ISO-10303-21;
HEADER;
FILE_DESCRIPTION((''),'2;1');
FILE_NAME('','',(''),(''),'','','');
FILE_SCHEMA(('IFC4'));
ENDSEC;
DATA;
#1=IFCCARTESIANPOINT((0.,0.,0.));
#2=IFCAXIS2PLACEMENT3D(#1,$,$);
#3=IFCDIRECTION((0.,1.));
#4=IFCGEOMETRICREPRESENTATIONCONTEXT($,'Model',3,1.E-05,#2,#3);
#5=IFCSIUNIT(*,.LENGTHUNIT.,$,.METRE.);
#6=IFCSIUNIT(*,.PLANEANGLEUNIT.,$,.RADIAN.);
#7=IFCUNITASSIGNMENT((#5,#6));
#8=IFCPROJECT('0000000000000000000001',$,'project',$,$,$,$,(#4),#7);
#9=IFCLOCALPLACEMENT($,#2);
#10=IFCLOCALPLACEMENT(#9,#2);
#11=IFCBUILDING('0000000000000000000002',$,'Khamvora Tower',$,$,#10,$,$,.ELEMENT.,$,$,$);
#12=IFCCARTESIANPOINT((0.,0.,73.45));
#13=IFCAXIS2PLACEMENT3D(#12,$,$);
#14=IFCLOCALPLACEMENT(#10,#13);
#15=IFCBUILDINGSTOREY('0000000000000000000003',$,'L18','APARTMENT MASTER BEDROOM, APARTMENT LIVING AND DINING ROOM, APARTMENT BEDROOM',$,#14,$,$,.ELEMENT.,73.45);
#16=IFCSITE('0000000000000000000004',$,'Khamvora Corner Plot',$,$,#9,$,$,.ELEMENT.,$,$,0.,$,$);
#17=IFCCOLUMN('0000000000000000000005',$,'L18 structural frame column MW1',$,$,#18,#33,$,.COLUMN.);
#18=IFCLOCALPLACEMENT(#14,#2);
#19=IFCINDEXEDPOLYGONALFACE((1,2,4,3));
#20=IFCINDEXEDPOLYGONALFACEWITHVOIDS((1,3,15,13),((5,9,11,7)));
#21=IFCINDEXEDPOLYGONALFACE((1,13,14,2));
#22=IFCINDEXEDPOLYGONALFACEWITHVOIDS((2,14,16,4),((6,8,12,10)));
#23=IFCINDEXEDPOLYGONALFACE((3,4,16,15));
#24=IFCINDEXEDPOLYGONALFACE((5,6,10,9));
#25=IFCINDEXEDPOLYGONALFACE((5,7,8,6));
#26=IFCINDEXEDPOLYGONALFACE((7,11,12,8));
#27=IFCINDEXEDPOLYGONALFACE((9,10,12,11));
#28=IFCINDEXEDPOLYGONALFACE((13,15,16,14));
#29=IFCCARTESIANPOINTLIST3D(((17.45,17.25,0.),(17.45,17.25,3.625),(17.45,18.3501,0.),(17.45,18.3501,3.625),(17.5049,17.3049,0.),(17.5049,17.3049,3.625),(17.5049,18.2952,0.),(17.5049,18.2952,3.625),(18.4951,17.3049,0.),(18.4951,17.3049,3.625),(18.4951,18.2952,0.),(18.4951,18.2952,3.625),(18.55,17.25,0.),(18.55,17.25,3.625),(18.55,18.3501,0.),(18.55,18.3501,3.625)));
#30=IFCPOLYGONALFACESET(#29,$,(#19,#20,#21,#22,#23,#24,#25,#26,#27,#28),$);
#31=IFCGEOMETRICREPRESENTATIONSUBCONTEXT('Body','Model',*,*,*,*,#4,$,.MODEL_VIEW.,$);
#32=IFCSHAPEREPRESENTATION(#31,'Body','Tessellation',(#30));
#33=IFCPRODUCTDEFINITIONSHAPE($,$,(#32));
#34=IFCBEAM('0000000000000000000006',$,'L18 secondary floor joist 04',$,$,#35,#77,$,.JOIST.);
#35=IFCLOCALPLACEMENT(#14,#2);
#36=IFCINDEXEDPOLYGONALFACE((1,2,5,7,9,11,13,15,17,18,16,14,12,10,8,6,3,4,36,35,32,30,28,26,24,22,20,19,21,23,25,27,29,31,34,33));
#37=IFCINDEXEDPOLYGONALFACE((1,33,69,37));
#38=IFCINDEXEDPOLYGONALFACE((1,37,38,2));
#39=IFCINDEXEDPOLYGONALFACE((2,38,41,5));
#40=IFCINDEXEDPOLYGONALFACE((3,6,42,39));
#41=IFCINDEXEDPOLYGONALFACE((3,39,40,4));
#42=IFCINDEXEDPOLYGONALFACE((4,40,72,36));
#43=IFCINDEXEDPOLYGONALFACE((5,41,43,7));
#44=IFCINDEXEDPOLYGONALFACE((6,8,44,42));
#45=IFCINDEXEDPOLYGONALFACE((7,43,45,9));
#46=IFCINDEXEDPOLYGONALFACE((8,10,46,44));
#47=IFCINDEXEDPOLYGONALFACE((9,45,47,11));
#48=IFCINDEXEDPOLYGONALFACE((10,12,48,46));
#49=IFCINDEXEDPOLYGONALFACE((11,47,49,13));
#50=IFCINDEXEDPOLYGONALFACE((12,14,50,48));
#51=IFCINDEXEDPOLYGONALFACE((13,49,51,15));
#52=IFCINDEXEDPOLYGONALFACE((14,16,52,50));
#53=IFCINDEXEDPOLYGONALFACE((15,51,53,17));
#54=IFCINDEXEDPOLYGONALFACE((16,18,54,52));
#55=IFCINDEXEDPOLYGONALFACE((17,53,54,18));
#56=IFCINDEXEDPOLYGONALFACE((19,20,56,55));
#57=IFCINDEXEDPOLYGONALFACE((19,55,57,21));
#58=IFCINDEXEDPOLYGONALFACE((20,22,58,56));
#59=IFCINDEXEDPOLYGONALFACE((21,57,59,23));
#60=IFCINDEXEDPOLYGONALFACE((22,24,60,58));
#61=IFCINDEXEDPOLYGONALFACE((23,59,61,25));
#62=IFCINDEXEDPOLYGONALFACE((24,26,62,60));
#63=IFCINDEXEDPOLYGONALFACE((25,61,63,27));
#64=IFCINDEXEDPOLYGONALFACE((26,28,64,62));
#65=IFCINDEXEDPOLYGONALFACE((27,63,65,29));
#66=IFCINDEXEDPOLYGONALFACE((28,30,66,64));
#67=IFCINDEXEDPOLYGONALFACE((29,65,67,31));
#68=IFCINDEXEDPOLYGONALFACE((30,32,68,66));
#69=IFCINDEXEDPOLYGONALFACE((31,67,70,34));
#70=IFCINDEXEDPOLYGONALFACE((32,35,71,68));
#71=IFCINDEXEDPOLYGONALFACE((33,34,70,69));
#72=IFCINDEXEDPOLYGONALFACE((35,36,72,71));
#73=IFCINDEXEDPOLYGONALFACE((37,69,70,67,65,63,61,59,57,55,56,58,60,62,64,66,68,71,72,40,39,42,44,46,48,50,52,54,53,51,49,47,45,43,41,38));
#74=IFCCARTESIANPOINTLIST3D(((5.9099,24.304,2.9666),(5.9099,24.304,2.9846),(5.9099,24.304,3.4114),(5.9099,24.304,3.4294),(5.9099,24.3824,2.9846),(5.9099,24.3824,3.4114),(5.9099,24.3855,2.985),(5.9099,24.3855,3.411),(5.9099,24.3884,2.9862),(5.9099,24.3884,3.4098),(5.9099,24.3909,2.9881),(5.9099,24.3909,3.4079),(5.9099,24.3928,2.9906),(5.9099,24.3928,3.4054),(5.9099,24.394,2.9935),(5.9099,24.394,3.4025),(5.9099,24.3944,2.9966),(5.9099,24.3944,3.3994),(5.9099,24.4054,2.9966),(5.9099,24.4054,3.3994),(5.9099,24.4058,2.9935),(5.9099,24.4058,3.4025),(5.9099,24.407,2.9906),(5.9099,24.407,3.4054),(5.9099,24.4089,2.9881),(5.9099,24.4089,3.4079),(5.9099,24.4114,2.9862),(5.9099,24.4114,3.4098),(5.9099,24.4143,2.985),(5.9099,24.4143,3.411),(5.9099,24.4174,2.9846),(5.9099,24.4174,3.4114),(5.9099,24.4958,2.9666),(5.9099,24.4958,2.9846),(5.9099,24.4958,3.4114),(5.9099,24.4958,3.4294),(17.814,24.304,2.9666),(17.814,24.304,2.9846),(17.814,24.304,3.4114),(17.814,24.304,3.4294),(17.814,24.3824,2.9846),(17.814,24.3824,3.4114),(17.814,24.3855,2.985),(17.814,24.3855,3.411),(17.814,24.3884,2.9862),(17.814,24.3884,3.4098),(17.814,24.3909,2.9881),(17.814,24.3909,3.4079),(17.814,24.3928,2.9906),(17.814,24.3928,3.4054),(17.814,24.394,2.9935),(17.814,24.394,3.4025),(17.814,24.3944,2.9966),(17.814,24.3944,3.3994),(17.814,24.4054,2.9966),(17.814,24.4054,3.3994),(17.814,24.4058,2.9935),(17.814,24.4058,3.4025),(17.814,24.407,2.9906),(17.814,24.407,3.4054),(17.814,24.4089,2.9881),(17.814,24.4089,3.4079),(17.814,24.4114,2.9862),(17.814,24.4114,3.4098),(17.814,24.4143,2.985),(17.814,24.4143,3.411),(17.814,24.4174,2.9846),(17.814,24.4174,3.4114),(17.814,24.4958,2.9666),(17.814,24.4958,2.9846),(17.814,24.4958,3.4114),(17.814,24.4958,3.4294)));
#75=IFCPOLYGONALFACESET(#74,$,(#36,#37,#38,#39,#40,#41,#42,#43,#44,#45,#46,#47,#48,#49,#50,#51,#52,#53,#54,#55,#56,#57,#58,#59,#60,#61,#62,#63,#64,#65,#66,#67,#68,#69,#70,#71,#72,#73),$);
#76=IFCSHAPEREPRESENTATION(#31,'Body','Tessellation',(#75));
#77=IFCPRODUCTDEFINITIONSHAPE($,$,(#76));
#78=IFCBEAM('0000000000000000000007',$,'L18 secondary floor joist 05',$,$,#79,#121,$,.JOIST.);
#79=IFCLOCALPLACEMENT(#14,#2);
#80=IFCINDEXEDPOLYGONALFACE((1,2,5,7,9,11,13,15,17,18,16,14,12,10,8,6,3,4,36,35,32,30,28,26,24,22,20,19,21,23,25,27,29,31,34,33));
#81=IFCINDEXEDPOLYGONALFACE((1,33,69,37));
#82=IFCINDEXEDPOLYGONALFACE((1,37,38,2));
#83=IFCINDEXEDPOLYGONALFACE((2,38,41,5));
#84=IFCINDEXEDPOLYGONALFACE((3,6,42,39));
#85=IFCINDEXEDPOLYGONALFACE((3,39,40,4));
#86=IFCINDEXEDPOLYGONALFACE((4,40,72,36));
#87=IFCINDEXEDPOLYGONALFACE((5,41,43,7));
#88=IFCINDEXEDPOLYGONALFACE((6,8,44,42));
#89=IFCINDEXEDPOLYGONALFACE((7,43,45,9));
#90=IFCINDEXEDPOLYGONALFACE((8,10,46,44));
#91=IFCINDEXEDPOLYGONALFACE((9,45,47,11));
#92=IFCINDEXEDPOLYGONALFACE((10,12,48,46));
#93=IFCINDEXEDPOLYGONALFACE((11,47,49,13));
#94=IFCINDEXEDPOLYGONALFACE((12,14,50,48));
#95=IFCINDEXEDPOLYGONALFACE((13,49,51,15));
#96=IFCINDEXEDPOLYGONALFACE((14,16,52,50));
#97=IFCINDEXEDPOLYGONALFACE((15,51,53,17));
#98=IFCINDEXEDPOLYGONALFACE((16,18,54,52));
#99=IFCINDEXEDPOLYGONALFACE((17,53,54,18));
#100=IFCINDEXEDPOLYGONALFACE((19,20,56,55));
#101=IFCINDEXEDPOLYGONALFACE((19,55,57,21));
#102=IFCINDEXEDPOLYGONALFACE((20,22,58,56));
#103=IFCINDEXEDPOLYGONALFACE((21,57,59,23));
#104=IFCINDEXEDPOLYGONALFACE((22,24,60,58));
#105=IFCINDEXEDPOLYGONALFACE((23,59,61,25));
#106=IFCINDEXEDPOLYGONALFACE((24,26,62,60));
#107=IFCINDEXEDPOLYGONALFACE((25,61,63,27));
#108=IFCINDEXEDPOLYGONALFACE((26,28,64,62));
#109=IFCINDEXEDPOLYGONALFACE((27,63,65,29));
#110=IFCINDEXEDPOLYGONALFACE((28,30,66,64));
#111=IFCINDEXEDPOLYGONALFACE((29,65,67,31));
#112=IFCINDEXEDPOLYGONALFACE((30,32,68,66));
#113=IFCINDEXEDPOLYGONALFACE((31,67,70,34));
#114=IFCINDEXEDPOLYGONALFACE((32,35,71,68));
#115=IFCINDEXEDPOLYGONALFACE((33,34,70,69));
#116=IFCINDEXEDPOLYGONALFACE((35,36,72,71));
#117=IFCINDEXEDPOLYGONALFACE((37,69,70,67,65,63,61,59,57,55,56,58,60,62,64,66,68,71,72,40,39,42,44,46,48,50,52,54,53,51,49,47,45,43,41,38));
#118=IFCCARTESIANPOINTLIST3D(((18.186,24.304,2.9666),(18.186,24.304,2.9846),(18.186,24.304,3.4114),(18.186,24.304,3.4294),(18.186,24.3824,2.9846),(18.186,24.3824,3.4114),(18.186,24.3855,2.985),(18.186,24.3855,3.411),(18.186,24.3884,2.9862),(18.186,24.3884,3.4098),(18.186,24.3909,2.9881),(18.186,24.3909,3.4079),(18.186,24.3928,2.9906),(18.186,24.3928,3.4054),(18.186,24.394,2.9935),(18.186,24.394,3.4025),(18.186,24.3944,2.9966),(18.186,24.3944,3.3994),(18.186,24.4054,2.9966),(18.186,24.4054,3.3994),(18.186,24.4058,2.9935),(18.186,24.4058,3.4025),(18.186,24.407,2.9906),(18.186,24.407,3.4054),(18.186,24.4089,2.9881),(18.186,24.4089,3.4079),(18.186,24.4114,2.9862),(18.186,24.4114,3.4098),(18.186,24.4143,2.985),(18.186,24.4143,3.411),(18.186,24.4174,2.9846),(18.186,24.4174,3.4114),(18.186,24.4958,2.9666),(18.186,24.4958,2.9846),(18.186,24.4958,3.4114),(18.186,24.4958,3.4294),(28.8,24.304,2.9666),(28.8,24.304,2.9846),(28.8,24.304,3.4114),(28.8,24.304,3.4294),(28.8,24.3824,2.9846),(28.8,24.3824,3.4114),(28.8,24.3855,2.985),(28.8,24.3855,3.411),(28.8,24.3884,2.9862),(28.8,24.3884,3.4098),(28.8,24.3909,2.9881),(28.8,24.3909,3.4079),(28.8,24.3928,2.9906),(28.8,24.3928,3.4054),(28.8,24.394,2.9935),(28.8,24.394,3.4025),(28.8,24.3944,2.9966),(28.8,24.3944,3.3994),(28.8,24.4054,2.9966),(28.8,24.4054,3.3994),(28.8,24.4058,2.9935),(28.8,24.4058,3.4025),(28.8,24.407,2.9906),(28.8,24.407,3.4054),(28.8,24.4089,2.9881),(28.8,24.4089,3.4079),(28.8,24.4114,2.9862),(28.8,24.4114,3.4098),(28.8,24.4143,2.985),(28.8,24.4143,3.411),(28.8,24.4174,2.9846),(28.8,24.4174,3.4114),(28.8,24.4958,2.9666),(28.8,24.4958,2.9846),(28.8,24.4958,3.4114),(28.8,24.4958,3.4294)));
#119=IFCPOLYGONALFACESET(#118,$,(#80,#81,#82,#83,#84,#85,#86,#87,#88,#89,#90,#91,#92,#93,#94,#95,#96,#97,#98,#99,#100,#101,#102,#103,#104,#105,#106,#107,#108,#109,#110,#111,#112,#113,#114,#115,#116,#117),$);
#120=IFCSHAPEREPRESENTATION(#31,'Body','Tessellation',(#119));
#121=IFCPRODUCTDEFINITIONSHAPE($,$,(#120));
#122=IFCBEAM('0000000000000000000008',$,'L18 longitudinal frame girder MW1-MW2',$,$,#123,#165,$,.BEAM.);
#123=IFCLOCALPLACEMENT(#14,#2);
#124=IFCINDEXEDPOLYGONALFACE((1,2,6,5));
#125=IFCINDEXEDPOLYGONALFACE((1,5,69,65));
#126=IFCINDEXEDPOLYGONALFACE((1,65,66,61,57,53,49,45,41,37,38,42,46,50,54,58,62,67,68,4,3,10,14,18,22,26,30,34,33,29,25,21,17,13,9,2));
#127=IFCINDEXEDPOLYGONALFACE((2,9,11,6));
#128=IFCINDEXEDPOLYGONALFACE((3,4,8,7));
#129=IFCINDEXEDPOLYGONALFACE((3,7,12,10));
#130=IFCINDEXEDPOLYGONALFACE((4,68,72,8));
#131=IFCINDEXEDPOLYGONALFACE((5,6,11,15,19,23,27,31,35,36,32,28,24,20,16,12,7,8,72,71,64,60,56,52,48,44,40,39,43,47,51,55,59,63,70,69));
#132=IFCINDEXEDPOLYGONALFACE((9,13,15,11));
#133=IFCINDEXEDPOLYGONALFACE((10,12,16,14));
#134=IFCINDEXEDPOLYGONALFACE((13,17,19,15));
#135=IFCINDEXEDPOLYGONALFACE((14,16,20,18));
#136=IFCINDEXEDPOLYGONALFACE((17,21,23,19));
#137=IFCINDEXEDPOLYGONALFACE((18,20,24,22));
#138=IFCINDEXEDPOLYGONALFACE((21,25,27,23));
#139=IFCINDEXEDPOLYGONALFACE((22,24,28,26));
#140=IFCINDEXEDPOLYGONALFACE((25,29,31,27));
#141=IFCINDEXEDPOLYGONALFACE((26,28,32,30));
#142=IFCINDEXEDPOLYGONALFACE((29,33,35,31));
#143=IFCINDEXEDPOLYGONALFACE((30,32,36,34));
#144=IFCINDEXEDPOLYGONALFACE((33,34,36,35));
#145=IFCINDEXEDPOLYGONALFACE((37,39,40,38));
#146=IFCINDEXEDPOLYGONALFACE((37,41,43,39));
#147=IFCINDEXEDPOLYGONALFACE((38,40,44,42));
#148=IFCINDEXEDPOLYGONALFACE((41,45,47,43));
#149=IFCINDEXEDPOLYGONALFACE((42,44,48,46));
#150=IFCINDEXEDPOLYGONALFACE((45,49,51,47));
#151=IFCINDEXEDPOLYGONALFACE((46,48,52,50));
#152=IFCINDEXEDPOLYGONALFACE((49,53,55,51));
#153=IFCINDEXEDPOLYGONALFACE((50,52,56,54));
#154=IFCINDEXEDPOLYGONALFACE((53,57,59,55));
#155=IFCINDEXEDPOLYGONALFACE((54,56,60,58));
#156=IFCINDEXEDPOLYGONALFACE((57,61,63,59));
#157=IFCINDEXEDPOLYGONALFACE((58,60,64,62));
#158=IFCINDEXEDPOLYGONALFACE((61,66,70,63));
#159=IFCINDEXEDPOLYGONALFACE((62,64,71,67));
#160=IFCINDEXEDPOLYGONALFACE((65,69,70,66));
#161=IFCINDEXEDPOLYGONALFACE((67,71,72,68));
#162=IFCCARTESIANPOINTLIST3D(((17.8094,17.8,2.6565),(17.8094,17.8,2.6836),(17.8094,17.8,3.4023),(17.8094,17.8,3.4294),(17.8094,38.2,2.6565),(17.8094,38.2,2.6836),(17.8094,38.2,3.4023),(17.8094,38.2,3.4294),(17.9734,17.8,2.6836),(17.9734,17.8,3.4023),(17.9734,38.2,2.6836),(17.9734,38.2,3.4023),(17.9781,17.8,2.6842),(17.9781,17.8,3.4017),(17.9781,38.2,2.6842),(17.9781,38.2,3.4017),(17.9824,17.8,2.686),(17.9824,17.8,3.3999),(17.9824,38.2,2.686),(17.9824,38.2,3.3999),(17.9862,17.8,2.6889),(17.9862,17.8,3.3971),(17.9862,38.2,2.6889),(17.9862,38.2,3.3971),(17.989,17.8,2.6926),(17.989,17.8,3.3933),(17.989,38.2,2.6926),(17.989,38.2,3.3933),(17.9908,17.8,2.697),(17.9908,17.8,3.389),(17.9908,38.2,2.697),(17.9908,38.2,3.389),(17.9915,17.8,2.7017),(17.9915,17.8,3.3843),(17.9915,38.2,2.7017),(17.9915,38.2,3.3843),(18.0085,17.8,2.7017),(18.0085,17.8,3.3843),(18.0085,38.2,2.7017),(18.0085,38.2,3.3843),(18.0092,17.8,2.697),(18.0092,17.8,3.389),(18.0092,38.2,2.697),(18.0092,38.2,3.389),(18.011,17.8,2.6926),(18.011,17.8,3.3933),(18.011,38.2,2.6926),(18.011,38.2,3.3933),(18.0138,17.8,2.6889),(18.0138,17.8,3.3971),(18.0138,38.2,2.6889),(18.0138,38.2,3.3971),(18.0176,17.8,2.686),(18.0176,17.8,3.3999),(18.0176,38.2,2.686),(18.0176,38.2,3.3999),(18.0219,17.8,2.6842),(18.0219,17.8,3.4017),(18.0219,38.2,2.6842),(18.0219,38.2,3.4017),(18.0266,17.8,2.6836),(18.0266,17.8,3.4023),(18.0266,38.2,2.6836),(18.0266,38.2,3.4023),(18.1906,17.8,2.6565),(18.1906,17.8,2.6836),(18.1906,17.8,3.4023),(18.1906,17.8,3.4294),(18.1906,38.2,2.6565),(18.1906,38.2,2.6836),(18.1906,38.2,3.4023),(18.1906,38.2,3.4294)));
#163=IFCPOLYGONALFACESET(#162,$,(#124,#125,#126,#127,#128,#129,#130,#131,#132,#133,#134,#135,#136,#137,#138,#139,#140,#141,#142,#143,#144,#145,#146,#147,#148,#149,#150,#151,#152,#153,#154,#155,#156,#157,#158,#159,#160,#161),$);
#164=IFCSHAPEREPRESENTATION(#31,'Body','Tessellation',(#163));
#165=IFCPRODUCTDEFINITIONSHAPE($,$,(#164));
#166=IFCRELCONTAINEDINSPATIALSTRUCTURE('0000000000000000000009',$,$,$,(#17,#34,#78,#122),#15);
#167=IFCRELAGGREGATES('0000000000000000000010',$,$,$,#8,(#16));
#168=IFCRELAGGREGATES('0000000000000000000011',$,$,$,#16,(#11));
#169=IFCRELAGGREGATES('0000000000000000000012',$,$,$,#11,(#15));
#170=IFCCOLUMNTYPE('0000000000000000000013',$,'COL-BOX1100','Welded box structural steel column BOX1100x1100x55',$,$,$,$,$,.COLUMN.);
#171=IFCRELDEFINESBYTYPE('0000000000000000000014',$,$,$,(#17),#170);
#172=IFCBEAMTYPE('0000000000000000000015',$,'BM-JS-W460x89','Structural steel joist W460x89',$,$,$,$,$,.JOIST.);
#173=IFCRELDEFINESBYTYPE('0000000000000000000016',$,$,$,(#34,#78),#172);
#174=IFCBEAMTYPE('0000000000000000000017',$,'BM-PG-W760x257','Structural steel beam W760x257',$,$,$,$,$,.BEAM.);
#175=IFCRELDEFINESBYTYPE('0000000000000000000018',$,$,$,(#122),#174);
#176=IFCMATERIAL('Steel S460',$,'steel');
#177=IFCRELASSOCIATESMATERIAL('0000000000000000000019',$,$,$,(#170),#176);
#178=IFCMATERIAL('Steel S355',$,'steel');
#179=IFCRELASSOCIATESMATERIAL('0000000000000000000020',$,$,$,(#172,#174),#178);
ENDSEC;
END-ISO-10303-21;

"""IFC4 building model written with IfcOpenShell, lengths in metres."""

from ifc_helpers import new_model, si_unit, direction, frame, origin, origin_2d, place, context, subcontext, project, spatial, hollow_rectangle, i_section, extrude, material, material_profile, profile_set, type_object, element, save


model = new_model("IFC4")

# Units and contexts
model_context = context("Model", 3, precision=1e-05, world=origin(), true_north=direction((0.0, 1.0)))
body_context = subcontext(model_context, "Body", "Model", "MODEL_VIEW")
ifc_project = project(units=[si_unit("LENGTHUNIT", "METRE"), si_unit("PLANEANGLEUNIT", "RADIAN")], contexts=[model_context])

# Site, building, storey
site_placement = place(None, origin())
site = spatial("IfcSite", under=ifc_project, at=site_placement, Name="Khamvora Corner Plot", CompositionType="ELEMENT", RefElevation=0.0)
building_placement = place(site_placement, origin())
building = spatial("IfcBuilding", under=site, at=building_placement, Name="Khamvora Tower", CompositionType="ELEMENT")
storey_placement = place(building_placement, frame((0.0, 0.0, 73.45)))
storey = spatial("IfcBuildingStorey", under=building, at=storey_placement, Name="L18", Description="APARTMENT MASTER BEDROOM, APARTMENT LIVING AND DINING ROOM, APARTMENT BEDROOM", CompositionType="ELEMENT", Elevation=73.45)

# Column
ifc_material_1 = material(Name="Steel S460", Category="steel")
ifc_material_profile_1 = material_profile(ifc_material_1, hollow_rectangle(XDim=1.1001, YDim=1.1001, WallThickness=0.0549, at=origin_2d()), Name="BOX1100x1100x55")
ifc_profile_set_1 = profile_set([ifc_material_profile_1], Name="Steel S460")
column_type = type_object("IfcColumnType", Name="COL-BOX1100", Description="Welded box structural steel column BOX1100x1100x55", PredefinedType="COLUMN", material=ifc_profile_set_1)
column_placement = place(storey_placement, frame((18.0, 17.8, 0.0), z_axis=(0.0, 0.0, 1.0), x_axis=(1.0, 0.0, 0.0)))
element("IfcColumn", 1, at=column_placement, inside=storey, type_object=column_type, Name="L18 structural frame column MW1", PredefinedType="COLUMN", context=body_context, shape_type="SweptSolid", body=[
    extrude(hollow_rectangle(XDim=1.1001, YDim=1.1001, WallThickness=0.0549, at=origin_2d()), origin(), (0.0, 0.0, 1.0), 3.625),
])

# Beams
ifc_material_2 = material(Name="Steel S355", Category="steel")
ifc_material_profile_2 = material_profile(ifc_material_2, i_section(OverallWidth=0.1919, OverallDepth=0.4629, WebThickness=0.011, FlangeThickness=0.0181, FilletRadius=0.012, at=origin_2d()), Name="W460x89")
ifc_profile_set_2 = profile_set([ifc_material_profile_2], Name="Steel S355")
beam_type_1 = type_object("IfcBeamType", Name="BM-JS-W460x89", Description="Structural steel joist W460x89", PredefinedType="JOIST", material=ifc_profile_set_2)
beam_1_placement = place(storey_placement, frame((5.9099, 24.3999, 3.198), z_axis=(1.0, 0.0, 0.0), x_axis=(0.0, 1.0, 0.0)))
element("IfcBeam", 2, at=beam_1_placement, inside=storey, type_object=beam_type_1, Name="L18 secondary floor joist 04", PredefinedType="JOIST", context=body_context, shape_type="SweptSolid", body=[
    extrude(i_section(OverallWidth=0.1919, OverallDepth=0.4629, WebThickness=0.011, FlangeThickness=0.0181, FilletRadius=0.012, at=origin_2d()), origin(), (0.0, 0.0, 1.0), 11.9041),
])
beam_2_placement = place(storey_placement, frame((18.186, 24.3999, 3.198), z_axis=(1.0, 0.0, 0.0), x_axis=(0.0, 1.0, 0.0)))
element("IfcBeam", 3, at=beam_2_placement, inside=storey, type_object=beam_type_1, Name="L18 secondary floor joist 05", PredefinedType="JOIST", context=body_context, shape_type="SweptSolid", body=[
    extrude(i_section(OverallWidth=0.1919, OverallDepth=0.4629, WebThickness=0.011, FlangeThickness=0.0181, FilletRadius=0.012, at=origin_2d()), origin(), (0.0, 0.0, 1.0), 10.614),
])
ifc_material_profile_3 = material_profile(ifc_material_2, i_section(OverallWidth=0.3811, OverallDepth=0.7729, WebThickness=0.0171, FlangeThickness=0.0271, FilletRadius=0.0181, at=origin_2d()), Name="W760x257")
ifc_profile_set_3 = profile_set([ifc_material_profile_3], Name="Steel S355")
beam_type_2 = type_object("IfcBeamType", Name="BM-PG-W760x257", Description="Structural steel beam W760x257", PredefinedType="BEAM", material=ifc_profile_set_3)
beam_3_placement = place(storey_placement, frame((18.0, 17.8, 3.043), z_axis=(0.0, 1.0, 0.0), x_axis=(-1.0, 0.0, 0.0)))
element("IfcBeam", 4, at=beam_3_placement, inside=storey, type_object=beam_type_2, Name="L18 longitudinal frame girder MW1-MW2", PredefinedType="BEAM", context=body_context, shape_type="SweptSolid", body=[
    extrude(i_section(OverallWidth=0.3811, OverallDepth=0.7729, WebThickness=0.0171, FlangeThickness=0.0271, FilletRadius=0.0181, at=origin_2d()), origin(), (0.0, 0.0, 1.0), 20.3999),
])

save(model, "model.ifc")
